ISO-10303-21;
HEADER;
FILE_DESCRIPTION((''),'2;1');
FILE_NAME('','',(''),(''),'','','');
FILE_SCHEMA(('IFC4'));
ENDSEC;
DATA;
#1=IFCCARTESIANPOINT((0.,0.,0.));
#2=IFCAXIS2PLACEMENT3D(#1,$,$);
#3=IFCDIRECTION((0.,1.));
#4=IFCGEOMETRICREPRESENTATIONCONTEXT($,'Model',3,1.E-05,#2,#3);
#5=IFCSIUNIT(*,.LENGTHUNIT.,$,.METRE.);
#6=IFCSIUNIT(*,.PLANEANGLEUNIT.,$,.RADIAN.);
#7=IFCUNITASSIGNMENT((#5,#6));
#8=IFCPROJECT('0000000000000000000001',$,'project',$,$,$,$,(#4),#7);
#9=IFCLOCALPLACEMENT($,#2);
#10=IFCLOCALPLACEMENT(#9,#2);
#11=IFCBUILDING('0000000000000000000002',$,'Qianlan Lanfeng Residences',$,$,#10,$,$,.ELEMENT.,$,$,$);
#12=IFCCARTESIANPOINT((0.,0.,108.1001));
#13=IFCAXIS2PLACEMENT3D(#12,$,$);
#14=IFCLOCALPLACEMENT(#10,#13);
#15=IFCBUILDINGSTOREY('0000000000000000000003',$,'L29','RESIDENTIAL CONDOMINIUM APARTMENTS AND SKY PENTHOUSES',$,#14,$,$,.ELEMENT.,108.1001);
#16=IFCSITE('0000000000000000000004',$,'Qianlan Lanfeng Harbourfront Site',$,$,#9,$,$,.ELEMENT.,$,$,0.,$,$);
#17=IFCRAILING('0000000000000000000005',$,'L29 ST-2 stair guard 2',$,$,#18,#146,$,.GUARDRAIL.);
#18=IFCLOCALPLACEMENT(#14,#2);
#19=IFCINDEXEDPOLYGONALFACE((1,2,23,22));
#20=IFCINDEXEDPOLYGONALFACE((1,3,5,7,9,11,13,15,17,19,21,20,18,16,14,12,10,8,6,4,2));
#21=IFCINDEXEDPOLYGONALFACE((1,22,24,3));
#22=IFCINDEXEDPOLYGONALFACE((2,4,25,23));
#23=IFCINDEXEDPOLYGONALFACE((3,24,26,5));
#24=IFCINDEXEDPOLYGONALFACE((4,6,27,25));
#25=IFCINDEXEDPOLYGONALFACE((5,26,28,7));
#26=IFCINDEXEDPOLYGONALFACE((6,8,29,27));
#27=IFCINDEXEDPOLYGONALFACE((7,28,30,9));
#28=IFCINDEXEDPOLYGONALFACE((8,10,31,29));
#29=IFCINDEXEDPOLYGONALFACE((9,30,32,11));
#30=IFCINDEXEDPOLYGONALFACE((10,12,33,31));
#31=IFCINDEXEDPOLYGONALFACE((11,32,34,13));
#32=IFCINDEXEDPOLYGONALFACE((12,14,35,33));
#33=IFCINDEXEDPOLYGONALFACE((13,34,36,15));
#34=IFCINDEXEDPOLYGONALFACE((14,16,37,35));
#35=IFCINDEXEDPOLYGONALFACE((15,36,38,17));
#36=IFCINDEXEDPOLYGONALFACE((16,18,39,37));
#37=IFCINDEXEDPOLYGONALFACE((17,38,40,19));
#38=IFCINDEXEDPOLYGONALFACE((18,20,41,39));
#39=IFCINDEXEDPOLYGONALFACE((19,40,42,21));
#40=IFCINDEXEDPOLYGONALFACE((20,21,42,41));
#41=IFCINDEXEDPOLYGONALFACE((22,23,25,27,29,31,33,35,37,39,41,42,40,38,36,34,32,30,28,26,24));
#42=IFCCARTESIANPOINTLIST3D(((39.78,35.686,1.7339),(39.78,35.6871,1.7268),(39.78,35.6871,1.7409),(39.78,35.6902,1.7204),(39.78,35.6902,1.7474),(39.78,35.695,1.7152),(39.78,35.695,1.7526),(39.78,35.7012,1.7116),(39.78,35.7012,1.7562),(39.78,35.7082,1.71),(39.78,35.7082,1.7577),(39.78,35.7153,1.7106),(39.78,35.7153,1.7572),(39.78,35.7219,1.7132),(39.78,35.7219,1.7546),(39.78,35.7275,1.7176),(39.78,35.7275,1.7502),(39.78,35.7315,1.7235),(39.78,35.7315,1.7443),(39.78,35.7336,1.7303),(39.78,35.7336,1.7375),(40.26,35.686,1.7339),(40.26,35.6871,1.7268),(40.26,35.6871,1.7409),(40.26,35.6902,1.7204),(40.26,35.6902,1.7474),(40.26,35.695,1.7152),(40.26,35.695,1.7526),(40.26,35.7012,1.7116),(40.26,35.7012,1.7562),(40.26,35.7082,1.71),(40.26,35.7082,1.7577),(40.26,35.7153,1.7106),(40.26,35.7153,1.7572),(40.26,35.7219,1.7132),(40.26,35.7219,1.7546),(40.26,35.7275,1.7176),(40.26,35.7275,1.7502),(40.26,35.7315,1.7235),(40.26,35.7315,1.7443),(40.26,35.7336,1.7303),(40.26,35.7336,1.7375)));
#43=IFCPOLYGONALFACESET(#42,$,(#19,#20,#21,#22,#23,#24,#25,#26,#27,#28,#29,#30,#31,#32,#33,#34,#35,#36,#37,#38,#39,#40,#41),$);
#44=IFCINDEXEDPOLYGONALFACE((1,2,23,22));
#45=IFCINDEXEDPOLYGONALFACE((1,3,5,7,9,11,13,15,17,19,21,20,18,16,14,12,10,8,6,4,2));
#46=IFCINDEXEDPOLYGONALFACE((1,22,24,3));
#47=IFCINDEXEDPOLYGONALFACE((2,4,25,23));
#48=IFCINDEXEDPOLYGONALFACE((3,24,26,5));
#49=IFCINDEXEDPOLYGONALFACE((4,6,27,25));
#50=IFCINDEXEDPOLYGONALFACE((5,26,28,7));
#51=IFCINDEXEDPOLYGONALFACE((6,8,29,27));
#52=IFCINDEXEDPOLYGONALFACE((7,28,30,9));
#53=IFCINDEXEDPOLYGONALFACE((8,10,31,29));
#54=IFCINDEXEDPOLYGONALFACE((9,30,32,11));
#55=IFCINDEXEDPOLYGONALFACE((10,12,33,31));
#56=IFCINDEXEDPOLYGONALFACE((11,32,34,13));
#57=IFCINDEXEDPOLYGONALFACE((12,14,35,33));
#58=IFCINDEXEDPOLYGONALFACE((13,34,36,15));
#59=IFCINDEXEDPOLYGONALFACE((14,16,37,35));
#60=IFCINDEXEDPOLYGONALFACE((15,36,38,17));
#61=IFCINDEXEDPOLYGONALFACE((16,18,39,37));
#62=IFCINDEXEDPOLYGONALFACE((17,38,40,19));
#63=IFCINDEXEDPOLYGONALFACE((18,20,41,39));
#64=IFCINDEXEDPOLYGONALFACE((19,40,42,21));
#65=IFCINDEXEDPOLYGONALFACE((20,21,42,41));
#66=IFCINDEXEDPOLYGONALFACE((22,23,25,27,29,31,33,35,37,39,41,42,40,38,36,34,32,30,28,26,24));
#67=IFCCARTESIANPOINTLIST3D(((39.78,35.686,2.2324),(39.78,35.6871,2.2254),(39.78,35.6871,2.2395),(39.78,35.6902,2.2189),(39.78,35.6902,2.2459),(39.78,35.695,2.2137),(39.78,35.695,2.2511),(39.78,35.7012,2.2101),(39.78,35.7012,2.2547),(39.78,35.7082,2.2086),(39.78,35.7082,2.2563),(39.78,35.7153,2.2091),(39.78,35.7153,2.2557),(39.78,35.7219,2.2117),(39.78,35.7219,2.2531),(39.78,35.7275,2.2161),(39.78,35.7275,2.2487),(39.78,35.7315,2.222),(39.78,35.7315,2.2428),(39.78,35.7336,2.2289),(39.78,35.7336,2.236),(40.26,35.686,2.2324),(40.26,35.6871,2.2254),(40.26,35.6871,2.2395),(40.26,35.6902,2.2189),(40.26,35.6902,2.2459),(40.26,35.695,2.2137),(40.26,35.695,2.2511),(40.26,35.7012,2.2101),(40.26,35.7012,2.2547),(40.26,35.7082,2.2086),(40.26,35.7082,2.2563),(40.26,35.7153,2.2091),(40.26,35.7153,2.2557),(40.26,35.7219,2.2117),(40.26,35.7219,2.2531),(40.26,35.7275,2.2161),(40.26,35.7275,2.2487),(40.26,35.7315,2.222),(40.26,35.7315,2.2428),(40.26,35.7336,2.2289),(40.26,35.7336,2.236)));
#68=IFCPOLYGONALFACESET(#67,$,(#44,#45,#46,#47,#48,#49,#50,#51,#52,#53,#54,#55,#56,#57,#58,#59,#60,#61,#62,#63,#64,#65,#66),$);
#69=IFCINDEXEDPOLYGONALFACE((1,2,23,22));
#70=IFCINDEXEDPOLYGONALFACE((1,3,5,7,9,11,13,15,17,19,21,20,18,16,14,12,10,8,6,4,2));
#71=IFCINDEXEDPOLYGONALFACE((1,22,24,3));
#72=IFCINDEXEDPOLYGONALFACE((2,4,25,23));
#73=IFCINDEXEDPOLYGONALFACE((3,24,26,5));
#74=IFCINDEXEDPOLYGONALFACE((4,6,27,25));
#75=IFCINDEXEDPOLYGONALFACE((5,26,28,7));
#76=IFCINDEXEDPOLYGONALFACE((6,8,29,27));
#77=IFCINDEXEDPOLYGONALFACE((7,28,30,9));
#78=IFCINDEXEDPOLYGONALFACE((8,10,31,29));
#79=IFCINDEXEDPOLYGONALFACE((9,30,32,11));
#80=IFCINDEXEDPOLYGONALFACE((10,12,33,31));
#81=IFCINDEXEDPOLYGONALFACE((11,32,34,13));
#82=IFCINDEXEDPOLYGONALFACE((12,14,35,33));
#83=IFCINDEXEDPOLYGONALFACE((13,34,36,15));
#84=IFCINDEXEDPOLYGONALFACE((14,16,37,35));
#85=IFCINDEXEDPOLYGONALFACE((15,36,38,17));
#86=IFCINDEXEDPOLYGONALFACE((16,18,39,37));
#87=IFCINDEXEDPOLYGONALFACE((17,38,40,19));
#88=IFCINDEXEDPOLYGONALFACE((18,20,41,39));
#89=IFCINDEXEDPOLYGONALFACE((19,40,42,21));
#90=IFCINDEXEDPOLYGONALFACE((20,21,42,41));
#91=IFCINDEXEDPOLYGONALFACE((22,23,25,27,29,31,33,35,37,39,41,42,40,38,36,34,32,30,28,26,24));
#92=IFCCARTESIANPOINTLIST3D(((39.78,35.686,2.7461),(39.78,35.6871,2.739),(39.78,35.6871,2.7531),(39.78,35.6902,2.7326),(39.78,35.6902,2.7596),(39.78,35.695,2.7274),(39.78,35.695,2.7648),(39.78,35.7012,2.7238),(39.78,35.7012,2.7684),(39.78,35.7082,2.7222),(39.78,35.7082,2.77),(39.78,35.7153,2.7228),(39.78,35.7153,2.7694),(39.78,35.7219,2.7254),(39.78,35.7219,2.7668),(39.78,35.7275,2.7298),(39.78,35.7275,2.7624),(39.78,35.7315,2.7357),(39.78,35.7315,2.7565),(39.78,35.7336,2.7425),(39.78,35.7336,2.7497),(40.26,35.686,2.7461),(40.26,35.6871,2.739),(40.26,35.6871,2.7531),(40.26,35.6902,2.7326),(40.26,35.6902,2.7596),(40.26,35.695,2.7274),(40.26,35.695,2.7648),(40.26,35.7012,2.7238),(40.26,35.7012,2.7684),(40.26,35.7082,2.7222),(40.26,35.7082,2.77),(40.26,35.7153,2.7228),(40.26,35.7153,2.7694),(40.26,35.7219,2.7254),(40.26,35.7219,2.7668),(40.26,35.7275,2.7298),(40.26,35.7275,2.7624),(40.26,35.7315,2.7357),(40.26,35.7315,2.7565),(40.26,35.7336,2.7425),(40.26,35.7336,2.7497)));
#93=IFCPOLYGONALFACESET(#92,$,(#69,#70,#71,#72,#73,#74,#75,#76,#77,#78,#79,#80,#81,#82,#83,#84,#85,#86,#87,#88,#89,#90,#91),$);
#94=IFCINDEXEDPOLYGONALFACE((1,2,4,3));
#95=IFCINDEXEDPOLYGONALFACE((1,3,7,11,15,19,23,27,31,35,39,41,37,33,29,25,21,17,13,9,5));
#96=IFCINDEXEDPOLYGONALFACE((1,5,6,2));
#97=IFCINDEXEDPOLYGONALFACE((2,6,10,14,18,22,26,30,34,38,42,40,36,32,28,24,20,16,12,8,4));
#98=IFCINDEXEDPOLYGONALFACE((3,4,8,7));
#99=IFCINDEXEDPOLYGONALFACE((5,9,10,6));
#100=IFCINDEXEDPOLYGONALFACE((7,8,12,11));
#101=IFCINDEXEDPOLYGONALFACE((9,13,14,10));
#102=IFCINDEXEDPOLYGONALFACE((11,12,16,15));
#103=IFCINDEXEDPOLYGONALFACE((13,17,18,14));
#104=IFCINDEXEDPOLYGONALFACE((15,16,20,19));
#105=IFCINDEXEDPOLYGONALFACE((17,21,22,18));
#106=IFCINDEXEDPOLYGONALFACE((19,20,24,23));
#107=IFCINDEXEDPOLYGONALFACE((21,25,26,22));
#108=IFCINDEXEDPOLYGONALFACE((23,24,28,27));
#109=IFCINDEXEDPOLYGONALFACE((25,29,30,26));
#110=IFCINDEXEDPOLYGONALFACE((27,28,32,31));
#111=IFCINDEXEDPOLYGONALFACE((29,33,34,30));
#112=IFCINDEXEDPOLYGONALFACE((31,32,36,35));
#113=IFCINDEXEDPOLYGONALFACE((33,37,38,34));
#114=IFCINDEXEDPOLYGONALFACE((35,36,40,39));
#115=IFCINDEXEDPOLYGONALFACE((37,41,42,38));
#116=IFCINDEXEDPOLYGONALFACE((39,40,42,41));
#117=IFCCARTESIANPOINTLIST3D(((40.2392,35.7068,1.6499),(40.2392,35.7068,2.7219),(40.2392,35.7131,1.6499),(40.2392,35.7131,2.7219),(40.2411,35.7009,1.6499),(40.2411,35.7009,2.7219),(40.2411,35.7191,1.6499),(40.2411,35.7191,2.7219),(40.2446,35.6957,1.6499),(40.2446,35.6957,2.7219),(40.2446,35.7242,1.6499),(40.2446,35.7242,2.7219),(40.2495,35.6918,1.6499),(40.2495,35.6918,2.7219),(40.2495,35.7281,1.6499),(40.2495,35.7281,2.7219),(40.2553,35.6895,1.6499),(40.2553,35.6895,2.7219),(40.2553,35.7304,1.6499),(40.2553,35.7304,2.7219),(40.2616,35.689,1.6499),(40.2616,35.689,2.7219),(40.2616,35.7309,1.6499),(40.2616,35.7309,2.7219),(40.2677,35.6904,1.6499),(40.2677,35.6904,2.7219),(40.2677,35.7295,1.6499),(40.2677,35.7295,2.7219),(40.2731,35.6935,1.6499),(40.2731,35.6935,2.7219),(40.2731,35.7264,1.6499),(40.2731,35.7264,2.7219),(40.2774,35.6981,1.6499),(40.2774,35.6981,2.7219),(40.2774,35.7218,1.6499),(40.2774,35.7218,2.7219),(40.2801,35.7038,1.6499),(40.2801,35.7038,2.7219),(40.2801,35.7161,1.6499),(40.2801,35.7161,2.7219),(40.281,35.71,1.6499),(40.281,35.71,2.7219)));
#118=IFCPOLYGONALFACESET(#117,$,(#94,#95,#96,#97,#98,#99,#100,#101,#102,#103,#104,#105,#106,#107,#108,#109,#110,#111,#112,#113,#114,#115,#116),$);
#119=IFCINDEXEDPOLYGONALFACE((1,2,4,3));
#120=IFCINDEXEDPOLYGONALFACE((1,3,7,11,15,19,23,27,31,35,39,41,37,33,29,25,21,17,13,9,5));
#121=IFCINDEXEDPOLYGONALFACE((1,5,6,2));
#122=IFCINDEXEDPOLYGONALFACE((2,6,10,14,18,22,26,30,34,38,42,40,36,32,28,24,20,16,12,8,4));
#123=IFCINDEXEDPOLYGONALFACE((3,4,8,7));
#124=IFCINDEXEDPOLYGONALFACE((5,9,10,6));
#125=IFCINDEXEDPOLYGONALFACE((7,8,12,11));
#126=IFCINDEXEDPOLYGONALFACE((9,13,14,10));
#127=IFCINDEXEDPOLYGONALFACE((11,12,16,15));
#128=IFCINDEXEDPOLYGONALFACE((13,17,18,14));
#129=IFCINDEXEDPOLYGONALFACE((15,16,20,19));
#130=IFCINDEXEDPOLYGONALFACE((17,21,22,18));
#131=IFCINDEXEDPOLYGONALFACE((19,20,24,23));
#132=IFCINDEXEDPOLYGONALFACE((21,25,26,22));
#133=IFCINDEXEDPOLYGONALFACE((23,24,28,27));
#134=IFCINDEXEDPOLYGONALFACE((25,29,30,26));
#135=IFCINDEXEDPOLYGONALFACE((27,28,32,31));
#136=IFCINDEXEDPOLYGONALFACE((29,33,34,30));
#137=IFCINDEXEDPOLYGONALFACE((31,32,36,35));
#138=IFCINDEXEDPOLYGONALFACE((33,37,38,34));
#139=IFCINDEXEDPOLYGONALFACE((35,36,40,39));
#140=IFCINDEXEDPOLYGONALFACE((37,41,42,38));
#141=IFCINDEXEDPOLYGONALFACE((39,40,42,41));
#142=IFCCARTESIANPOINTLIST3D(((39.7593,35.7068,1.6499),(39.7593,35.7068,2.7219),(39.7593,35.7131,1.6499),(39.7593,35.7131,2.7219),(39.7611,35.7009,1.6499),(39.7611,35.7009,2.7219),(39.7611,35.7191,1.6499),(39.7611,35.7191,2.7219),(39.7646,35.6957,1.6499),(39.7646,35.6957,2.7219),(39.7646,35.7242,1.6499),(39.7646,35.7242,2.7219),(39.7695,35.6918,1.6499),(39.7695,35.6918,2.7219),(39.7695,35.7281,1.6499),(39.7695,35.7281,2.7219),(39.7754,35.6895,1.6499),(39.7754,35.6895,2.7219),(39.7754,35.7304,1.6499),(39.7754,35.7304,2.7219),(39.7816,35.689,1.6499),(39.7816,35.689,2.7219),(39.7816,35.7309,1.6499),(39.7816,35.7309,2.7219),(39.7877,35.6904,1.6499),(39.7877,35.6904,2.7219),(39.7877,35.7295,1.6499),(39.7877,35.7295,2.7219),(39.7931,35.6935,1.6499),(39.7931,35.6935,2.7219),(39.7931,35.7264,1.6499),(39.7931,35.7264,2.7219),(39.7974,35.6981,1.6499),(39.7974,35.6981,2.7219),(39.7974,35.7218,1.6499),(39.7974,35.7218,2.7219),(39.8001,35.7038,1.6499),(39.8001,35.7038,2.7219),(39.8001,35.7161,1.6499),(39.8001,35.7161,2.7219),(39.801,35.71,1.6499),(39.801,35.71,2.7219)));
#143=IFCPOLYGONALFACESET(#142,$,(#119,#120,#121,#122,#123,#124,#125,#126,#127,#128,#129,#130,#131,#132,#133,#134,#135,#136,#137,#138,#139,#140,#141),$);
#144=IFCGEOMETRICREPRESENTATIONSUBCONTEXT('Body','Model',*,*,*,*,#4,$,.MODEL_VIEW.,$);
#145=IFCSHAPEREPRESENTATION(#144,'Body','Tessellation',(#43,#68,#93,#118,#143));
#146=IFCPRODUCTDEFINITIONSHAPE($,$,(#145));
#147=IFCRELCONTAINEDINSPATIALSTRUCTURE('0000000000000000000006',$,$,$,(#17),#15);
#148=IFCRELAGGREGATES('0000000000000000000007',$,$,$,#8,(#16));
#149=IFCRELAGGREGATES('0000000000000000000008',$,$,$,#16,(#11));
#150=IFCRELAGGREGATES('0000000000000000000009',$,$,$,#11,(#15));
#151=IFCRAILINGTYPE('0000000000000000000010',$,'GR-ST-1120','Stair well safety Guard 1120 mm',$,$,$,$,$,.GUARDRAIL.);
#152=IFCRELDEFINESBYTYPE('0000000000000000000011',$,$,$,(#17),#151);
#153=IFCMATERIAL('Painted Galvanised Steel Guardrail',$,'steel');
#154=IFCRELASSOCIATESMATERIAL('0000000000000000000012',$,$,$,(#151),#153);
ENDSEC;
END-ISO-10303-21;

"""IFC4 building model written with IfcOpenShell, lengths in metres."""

from ifc_helpers import new_model, si_unit, direction, frame, origin, origin_2d, place, context, subcontext, project, spatial, circle, extrude, material, type_object, element, save


model = new_model("IFC4")

# Units and contexts
model_context = context("Model", 3, precision=1e-05, world=origin(), true_north=direction((0.0, 1.0)))
body_context = subcontext(model_context, "Body", "Model", "MODEL_VIEW")
ifc_project = project(units=[si_unit("LENGTHUNIT", "METRE"), si_unit("PLANEANGLEUNIT", "RADIAN")], contexts=[model_context])

# Site, building, storey
site_placement = place(None, origin())
site = spatial("IfcSite", under=ifc_project, at=site_placement, Name="Qianlan Lanfeng Harbourfront Site", CompositionType="ELEMENT", RefElevation=0.0)
building_placement = place(site_placement, origin())
building = spatial("IfcBuilding", under=site, at=building_placement, Name="Qianlan Lanfeng Residences", CompositionType="ELEMENT")
storey_placement = place(building_placement, frame((0.0, 0.0, 108.1001)))
storey = spatial("IfcBuildingStorey", under=building, at=storey_placement, Name="L29", Description="RESIDENTIAL CONDOMINIUM APARTMENTS AND SKY PENTHOUSES", CompositionType="ELEMENT", Elevation=108.1001)

# Railing
ifc_material_1 = material(Name="Painted Galvanised Steel Guardrail", Category="steel")
railing_type_1 = type_object("IfcRailingType", Name="GR-ST-1120", Description="Stair well safety Guard 1120 mm", PredefinedType="GUARDRAIL", material=ifc_material_1)
railing_1_placement = place(storey_placement, frame((40.26, 35.71, 1.6499)))
element("IfcRailing", 1, at=railing_1_placement, inside=storey, type_object=railing_type_1, Name="L29 ST-2 stair guard 2", PredefinedType="GUARDRAIL", context=body_context, shape_type="SweptSolid", body=[
    extrude(circle(Radius=0.0239, at=origin_2d()), frame((0.0, 0.0, 0.084), z_axis=(-1.0, 0.0, 0.0), x_axis=(0.0, -1.0, 0.0)), (0.0, 0.0, 1.0), 0.48),
    extrude(circle(Radius=0.0239, at=origin_2d()), frame((0.0, 0.0, 0.5825), z_axis=(-1.0, 0.0, 0.0), x_axis=(0.0, -1.0, 0.0)), (0.0, 0.0, 1.0), 0.48),
    extrude(circle(Radius=0.0239, at=origin_2d()), frame((0.0, 0.0, 1.0962), z_axis=(-1.0, 0.0, 0.0), x_axis=(0.0, -1.0, 0.0)), (0.0, 0.0, 1.0), 0.48),
    extrude(circle(Radius=0.021, at=origin_2d()), origin(), (0.0, 0.0, 1.0), 1.072),
    extrude(circle(Radius=0.021, at=origin_2d()), frame((-0.48, 0.0, 0.0)), (0.0, 0.0, 1.0), 1.072),
])

save(model, "model.ifc")
